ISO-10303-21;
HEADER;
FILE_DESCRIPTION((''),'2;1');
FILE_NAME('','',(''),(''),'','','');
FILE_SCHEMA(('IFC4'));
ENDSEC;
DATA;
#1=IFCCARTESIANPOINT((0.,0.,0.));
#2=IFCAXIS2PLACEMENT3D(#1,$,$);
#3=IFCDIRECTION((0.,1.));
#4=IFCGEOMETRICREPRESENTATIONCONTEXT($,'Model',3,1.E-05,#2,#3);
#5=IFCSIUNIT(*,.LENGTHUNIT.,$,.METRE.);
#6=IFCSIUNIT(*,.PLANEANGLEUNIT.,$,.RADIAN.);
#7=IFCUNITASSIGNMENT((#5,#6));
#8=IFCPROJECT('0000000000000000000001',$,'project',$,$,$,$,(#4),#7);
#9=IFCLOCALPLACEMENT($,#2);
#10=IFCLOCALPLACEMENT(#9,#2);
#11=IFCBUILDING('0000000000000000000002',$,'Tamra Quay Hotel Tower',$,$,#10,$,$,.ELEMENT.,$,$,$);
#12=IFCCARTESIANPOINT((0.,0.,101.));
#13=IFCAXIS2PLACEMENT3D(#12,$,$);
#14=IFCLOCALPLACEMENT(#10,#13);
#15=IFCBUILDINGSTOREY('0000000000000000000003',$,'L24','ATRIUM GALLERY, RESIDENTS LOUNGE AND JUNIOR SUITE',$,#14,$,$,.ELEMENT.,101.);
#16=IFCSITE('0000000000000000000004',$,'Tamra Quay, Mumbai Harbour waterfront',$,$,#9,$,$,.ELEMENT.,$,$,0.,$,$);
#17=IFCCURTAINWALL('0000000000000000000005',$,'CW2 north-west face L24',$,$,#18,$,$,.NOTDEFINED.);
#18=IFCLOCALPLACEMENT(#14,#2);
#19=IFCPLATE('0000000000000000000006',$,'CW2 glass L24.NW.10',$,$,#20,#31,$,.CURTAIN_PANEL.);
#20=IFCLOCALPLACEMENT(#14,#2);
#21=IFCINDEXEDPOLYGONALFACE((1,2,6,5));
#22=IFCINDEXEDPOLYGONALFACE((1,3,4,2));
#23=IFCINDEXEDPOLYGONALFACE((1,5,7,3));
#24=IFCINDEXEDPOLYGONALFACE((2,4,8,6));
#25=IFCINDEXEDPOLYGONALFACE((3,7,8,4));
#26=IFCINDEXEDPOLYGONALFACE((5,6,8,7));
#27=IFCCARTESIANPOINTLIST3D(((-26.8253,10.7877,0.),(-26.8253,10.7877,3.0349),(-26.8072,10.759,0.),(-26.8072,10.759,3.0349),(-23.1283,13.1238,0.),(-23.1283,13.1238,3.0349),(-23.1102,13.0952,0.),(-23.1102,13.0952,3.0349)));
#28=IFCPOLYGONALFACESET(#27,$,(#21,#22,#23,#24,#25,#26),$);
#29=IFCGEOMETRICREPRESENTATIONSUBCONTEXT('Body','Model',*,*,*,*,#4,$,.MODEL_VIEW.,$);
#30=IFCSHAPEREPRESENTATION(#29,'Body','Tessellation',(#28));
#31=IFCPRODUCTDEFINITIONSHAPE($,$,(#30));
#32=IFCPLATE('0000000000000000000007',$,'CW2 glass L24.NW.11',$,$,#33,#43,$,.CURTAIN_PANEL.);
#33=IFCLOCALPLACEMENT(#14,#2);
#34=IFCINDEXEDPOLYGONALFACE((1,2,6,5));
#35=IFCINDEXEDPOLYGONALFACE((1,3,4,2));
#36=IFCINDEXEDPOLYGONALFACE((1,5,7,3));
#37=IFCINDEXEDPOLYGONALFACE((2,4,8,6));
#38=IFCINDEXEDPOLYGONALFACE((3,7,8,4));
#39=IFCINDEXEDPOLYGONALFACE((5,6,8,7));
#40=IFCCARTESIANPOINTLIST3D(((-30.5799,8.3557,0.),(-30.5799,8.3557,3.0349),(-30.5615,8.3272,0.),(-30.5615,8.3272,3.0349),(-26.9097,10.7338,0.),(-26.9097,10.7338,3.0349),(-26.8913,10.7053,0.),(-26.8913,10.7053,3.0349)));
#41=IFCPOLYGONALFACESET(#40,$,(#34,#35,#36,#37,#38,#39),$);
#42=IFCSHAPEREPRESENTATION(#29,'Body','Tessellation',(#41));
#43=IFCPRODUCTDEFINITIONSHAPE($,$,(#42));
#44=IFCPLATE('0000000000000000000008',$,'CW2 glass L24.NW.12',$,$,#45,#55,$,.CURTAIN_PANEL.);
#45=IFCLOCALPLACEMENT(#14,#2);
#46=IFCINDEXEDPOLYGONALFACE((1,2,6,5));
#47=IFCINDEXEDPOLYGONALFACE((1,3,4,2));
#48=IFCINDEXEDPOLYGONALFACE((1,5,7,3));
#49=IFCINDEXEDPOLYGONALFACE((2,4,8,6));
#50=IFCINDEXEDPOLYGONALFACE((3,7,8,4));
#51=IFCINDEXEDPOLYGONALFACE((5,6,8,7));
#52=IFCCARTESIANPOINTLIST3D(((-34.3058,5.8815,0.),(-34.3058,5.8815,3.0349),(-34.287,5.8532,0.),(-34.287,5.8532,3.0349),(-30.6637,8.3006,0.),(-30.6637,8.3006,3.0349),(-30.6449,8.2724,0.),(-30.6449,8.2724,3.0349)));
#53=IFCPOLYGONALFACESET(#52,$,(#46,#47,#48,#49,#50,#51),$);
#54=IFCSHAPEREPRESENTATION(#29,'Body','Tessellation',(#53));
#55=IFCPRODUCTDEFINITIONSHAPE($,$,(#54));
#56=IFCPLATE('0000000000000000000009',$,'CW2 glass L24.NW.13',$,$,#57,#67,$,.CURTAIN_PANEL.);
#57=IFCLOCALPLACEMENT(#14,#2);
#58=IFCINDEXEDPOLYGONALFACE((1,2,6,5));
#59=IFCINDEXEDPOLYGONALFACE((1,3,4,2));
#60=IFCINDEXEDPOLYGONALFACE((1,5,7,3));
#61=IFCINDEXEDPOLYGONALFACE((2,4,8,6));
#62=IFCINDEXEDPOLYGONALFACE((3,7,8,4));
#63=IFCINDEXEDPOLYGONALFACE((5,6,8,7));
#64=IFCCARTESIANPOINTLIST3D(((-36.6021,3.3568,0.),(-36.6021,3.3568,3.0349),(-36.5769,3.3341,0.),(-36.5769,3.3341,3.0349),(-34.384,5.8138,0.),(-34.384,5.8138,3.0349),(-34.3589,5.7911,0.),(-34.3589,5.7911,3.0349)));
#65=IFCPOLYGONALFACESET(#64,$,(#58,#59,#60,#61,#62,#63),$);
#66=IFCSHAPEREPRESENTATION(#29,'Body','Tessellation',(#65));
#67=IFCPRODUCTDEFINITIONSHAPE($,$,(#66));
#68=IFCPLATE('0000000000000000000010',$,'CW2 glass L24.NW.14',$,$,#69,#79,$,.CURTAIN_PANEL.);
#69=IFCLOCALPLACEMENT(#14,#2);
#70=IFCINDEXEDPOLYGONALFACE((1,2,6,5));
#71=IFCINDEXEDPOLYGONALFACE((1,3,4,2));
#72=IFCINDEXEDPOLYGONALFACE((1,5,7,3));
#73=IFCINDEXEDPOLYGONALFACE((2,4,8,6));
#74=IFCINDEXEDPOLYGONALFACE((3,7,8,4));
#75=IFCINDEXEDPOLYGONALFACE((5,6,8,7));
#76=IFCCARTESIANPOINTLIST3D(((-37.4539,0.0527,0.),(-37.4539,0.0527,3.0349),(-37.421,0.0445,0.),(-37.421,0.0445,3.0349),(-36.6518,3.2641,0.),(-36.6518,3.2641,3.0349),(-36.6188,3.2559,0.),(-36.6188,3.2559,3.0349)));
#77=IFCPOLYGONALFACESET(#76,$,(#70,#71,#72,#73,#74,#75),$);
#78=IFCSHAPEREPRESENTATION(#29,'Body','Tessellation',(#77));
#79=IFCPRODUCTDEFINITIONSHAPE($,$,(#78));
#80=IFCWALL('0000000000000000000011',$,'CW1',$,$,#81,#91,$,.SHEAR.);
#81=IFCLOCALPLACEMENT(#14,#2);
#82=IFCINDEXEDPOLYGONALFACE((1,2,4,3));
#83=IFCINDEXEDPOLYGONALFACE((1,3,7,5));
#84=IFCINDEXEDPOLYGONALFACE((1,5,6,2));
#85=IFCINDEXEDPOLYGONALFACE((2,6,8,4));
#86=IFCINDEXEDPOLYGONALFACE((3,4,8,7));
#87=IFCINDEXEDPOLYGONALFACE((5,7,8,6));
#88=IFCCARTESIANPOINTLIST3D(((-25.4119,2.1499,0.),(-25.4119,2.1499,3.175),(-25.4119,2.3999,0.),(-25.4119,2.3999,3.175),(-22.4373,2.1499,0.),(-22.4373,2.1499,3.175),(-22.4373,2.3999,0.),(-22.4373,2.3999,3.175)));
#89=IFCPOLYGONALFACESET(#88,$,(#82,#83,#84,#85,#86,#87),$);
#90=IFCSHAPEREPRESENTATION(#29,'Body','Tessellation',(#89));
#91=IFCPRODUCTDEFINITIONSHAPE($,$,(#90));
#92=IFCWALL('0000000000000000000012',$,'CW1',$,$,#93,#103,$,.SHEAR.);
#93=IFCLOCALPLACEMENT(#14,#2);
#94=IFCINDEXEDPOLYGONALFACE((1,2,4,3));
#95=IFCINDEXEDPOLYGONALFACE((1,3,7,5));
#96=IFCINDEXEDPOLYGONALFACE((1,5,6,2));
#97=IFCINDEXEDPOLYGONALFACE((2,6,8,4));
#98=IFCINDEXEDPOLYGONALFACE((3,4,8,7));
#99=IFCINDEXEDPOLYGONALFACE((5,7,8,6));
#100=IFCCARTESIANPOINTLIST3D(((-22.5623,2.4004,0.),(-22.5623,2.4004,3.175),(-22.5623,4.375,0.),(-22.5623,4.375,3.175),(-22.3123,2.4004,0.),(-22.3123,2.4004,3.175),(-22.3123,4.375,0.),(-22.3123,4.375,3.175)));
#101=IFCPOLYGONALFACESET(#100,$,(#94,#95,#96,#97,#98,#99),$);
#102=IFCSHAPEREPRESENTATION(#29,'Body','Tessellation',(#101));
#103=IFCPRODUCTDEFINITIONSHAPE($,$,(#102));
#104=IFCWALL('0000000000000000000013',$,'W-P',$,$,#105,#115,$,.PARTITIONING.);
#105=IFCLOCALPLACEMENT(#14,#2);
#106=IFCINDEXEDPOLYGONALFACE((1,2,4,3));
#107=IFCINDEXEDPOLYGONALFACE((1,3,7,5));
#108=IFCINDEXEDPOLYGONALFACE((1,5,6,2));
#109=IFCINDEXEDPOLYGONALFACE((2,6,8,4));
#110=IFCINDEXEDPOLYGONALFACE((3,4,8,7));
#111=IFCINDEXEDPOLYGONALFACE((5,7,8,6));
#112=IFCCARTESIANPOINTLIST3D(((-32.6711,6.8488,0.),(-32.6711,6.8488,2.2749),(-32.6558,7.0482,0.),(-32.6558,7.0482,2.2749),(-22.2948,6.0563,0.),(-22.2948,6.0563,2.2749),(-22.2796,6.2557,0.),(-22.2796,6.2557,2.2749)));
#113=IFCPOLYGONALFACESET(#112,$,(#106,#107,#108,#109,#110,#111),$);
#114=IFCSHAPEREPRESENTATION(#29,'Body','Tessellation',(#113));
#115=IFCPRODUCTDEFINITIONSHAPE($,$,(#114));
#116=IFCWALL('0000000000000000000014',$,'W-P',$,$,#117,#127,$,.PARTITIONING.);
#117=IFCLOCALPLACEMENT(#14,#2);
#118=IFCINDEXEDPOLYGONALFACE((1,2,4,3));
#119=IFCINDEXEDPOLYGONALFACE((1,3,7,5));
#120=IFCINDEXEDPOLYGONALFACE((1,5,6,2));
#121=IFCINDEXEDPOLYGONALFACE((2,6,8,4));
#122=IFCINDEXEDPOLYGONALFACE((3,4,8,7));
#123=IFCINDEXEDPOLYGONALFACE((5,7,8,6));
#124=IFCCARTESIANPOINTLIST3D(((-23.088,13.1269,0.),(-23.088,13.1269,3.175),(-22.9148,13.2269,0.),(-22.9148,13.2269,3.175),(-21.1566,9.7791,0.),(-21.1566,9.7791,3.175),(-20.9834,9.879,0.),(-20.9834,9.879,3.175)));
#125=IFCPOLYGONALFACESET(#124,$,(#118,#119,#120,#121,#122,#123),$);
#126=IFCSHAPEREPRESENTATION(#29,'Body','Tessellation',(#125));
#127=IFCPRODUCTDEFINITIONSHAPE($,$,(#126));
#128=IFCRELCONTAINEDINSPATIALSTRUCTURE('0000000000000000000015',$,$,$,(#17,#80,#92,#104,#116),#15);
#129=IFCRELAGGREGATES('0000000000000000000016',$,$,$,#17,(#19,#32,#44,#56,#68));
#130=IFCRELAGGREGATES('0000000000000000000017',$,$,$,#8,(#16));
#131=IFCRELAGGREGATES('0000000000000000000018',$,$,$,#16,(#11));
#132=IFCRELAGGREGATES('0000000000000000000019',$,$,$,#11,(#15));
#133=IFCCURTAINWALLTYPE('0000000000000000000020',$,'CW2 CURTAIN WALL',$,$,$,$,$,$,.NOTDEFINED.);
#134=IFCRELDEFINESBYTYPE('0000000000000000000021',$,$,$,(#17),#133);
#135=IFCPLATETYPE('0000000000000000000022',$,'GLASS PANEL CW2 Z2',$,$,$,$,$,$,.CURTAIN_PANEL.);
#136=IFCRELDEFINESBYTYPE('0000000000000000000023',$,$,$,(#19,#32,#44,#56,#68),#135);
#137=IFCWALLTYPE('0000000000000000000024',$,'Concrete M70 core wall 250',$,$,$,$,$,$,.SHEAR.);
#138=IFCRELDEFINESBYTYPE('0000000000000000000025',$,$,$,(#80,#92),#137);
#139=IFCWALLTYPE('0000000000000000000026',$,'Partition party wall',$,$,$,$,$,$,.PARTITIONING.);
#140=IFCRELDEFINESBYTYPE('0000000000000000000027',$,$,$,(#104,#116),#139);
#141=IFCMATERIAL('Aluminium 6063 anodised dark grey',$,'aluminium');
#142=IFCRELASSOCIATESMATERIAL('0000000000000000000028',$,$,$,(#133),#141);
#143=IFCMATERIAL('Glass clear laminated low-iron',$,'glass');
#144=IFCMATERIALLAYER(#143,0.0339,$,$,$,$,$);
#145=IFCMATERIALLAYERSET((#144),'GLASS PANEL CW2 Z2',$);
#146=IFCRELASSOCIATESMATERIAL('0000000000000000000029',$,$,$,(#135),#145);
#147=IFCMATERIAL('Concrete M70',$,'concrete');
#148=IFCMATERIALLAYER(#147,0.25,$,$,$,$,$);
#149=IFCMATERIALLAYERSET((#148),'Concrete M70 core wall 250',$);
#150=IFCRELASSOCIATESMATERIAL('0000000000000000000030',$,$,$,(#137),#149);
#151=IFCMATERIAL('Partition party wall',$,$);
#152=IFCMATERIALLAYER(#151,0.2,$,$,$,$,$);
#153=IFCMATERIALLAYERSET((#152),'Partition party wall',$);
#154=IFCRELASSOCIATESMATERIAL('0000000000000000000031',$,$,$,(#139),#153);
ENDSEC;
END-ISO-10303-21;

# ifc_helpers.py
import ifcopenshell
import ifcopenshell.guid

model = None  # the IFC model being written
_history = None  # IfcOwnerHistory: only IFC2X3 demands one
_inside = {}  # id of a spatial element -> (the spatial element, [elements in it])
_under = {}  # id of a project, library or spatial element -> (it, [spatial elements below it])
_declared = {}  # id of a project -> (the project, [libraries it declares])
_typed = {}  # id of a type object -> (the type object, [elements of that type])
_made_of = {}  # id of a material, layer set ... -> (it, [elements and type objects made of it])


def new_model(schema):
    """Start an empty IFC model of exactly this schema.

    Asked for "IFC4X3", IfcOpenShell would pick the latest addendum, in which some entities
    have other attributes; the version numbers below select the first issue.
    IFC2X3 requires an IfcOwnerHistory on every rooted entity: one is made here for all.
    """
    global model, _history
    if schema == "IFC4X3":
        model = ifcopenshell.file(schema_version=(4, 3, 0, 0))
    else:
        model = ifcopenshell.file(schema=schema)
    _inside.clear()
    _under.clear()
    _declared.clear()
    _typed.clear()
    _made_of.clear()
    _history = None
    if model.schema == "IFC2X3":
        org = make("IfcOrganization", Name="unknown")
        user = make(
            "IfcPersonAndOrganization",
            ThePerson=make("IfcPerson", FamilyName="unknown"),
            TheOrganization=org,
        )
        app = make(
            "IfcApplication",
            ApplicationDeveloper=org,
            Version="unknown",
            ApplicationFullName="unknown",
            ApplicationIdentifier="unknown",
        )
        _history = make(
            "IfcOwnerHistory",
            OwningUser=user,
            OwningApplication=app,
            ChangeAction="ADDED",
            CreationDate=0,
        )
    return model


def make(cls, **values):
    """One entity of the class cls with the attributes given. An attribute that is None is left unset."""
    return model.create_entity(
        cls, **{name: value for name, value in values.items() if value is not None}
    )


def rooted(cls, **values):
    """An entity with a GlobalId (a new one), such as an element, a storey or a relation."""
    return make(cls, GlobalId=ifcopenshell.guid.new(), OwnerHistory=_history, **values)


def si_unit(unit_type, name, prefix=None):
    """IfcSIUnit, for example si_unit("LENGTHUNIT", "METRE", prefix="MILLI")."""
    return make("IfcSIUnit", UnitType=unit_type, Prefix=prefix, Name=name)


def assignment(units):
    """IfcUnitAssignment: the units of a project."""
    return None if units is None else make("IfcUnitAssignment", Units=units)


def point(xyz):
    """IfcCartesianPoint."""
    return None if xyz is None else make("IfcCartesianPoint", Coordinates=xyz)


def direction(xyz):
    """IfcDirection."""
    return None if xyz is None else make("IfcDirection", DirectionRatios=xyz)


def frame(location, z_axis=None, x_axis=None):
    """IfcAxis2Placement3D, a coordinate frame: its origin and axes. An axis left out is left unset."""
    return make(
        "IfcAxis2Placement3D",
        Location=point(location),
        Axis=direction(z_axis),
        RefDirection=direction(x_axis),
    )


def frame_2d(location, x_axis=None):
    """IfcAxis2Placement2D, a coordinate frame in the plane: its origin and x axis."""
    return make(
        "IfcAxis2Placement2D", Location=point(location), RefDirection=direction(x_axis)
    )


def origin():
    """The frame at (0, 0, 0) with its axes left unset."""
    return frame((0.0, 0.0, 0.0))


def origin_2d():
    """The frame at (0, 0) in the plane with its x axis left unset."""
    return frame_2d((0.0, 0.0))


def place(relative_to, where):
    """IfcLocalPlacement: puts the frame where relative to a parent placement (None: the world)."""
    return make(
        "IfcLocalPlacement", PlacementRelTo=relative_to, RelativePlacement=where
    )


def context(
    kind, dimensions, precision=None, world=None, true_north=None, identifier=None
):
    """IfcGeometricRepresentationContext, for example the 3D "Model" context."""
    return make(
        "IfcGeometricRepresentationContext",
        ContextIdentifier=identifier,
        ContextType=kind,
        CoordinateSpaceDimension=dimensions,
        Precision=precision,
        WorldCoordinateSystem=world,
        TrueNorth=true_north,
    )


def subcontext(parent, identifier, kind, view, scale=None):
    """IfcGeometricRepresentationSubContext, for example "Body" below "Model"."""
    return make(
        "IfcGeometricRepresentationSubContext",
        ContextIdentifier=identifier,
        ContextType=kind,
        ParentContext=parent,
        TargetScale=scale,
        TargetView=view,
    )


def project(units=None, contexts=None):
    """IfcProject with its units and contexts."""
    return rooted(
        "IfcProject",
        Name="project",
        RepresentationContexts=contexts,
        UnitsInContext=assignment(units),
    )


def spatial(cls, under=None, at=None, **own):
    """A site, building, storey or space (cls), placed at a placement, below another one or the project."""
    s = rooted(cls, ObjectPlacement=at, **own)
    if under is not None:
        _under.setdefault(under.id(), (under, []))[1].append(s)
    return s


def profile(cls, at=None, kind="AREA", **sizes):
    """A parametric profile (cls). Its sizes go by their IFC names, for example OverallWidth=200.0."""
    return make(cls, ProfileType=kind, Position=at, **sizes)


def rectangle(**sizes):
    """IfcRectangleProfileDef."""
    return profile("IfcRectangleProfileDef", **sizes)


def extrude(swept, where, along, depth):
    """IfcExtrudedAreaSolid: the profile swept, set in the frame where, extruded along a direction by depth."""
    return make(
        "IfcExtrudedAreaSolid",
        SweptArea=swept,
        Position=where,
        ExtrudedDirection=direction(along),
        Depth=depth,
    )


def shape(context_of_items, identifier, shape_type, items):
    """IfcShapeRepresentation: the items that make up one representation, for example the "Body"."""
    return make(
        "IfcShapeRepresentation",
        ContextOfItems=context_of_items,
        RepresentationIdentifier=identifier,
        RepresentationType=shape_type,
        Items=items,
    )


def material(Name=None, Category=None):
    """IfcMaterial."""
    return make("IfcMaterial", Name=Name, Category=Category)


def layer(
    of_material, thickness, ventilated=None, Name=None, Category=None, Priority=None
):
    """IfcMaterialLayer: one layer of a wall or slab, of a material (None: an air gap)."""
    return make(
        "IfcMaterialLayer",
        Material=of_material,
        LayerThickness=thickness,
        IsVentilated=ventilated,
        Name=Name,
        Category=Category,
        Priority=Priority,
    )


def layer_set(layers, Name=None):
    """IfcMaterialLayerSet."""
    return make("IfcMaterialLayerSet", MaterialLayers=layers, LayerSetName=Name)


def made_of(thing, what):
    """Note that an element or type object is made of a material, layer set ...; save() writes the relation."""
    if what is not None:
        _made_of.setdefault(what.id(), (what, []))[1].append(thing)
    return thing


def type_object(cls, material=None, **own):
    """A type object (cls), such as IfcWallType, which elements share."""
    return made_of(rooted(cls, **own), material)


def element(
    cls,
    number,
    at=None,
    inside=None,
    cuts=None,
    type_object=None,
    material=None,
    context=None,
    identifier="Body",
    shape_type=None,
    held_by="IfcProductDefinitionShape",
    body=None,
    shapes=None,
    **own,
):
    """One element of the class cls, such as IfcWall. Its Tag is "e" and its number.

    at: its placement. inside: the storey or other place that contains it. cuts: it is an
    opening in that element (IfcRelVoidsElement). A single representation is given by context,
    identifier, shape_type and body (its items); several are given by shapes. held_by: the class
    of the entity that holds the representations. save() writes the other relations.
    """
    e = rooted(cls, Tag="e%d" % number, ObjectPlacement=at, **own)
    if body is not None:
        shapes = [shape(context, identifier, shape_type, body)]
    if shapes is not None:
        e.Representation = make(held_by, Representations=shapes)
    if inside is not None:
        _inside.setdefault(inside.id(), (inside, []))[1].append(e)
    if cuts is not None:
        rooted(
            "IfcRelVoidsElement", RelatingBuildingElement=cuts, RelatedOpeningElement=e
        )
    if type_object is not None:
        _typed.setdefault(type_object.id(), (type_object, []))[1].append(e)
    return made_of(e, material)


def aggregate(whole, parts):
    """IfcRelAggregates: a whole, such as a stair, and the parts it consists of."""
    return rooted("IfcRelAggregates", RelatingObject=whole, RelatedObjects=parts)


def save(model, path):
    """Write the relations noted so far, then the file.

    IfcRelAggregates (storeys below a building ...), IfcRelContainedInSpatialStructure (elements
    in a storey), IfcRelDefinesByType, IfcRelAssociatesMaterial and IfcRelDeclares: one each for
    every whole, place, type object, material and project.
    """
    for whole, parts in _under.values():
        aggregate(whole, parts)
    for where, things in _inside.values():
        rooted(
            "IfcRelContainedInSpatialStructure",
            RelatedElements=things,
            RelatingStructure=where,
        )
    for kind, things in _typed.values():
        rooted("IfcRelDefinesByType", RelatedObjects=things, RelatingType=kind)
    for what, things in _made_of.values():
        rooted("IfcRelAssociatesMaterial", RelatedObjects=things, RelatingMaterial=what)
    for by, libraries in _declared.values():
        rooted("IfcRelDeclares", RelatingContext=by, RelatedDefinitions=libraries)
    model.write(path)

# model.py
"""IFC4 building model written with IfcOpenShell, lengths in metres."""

from ifc_helpers import new_model, si_unit, direction, frame, frame_2d, origin, origin_2d, place, context, subcontext, project, spatial, rectangle, extrude, material, layer, layer_set, type_object, element, aggregate, save


model = new_model("IFC4")

# Units and contexts
model_context = context("Model", 3, precision=1e-05, world=origin(), true_north=direction((0.0, 1.0)))
body_context = subcontext(model_context, "Body", "Model", "MODEL_VIEW")
ifc_project = project(units=[si_unit("LENGTHUNIT", "METRE"), si_unit("PLANEANGLEUNIT", "RADIAN")], contexts=[model_context])

# Site, building, storey
site_placement = place(None, origin())
site = spatial("IfcSite", under=ifc_project, at=site_placement, Name="Tamra Quay, Mumbai Harbour waterfront", CompositionType="ELEMENT", RefElevation=0.0)
building_placement = place(site_placement, origin())
building = spatial("IfcBuilding", under=site, at=building_placement, Name="Tamra Quay Hotel Tower", CompositionType="ELEMENT")
storey_placement = place(building_placement, frame((0.0, 0.0, 101.0)))
storey = spatial("IfcBuildingStorey", under=building, at=storey_placement, Name="L24", Description="ATRIUM GALLERY, RESIDENTS LOUNGE AND JUNIOR SUITE", CompositionType="ELEMENT", Elevation=101.0)

# Shared definitions
ifc_material_1 = material(Name="Concrete M70", Category="concrete")

# Curtain wall
ifc_material_2 = material(Name="Aluminium 6063 anodised dark grey", Category="aluminium")
curtain_wall_type = type_object("IfcCurtainWallType", Name="CW2 CURTAIN WALL", PredefinedType="NOTDEFINED", material=ifc_material_2)
curtain_wall_placement = place(storey_placement, origin())
curtain_wall = element("IfcCurtainWall", 1, at=curtain_wall_placement, inside=storey, type_object=curtain_wall_type, Name="CW2 north-west face L24", PredefinedType="NOTDEFINED")

# Plates
ifc_material_3 = material(Name="Glass clear laminated low-iron", Category="glass")
ifc_layer_1 = layer(ifc_material_3, 0.0339)
ifc_layer_set_1 = layer_set([ifc_layer_1], Name="GLASS PANEL CW2 Z2")
plate_type = type_object("IfcPlateType", Name="GLASS PANEL CW2 Z2", PredefinedType="CURTAIN_PANEL", material=ifc_layer_set_1)
plate_1_placement = place(storey_placement, frame((-24.9678, 11.9414, 0.0), z_axis=(0.0, 0.0, 1.0), x_axis=(-0.845362, -0.534193, 0.0)))
plate_1 = element("IfcPlate", 2, at=plate_1_placement, type_object=plate_type, Name="CW2 glass L24.NW.10", PredefinedType="CURTAIN_PANEL", context=body_context, shape_type="SweptSolid", body=[
    extrude(rectangle(XDim=4.3733, YDim=0.0339, at=origin_2d()), origin(), (0.0, 0.0, 1.0), 3.0349),
])
plate_2_placement = place(storey_placement, frame((-28.7356, 9.5305, 0.0), z_axis=(0.0, 0.0, 1.0), x_axis=(-0.839224, -0.543786, 0.0)))
plate_2 = element("IfcPlate", 3, at=plate_2_placement, type_object=plate_type, Name="CW2 glass L24.NW.11", PredefinedType="CURTAIN_PANEL", context=body_context, shape_type="SweptSolid", body=[
    extrude(rectangle(XDim=4.3733, YDim=0.0339, at=origin_2d()), origin(), (0.0, 0.0, 1.0), 3.0349),
])
plate_3_placement = place(storey_placement, frame((-32.4753, 7.0769, 0.0), z_axis=(0.0, 0.0, 1.0), x_axis=(-0.832988, -0.553291, 0.0)))
plate_3 = element("IfcPlate", 4, at=plate_3_placement, type_object=plate_type, Name="CW2 glass L24.NW.12", PredefinedType="CURTAIN_PANEL", context=body_context, shape_type="SweptSolid", body=[
    extrude(rectangle(XDim=4.3723, YDim=0.0339, at=origin_2d()), origin(), (0.0, 0.0, 1.0), 3.0349),
])
plate_4_placement = place(storey_placement, frame((-35.4805, 4.574, 0.0), z_axis=(0.0, 0.0, 1.0), x_axis=(-0.670088, -0.742282, 0.0)))
plate_4 = element("IfcPlate", 5, at=plate_4_placement, type_object=plate_type, Name="CW2 glass L24.NW.13", PredefinedType="CURTAIN_PANEL", context=body_context, shape_type="SweptSolid", body=[
    extrude(rectangle(XDim=3.3101, YDim=0.0339, at=origin_2d()), origin(), (0.0, 0.0, 1.0), 3.0349),
])
plate_5_placement = place(storey_placement, frame((-37.0364, 1.6543, 0.0), z_axis=(0.0, 0.0, 1.0), x_axis=(-0.242339, -0.970192, 0.0)))
plate_5 = element("IfcPlate", 6, at=plate_5_placement, type_object=plate_type, Name="CW2 glass L24.NW.14", PredefinedType="CURTAIN_PANEL", context=body_context, shape_type="SweptSolid", body=[
    extrude(rectangle(XDim=3.3101, YDim=0.0339, at=origin_2d()), origin(), (0.0, 0.0, 1.0), 3.0349),
])
aggregate(curtain_wall, [plate_1, plate_2, plate_3, plate_4, plate_5])

# Walls
ifc_layer_2 = layer(ifc_material_1, 0.25)
ifc_layer_set_2 = layer_set([ifc_layer_2], Name="Concrete M70 core wall 250")
wall_type_1 = type_object("IfcWallType", Name="Concrete M70 core wall 250", PredefinedType="SHEAR", material=ifc_layer_set_2)
wall_1_placement = place(storey_placement, frame((-25.4119, 2.2749, 0.0), z_axis=(0.0, 0.0, 1.0), x_axis=(1.0, 0.0, 0.0)))
element("IfcWall", 7, at=wall_1_placement, inside=storey, type_object=wall_type_1, Name="CW1", PredefinedType="SHEAR", context=body_context, shape_type="SweptSolid", body=[
    extrude(rectangle(XDim=2.9746, YDim=0.25, at=frame_2d((1.4873, 0.0))), origin(), (0.0, 0.0, 1.0), 3.175),
])
wall_2_placement = place(storey_placement, frame((-22.4373, 2.4004, 0.0), z_axis=(0.0, 0.0, 1.0), x_axis=(0.0, 1.0, 0.0)))
element("IfcWall", 8, at=wall_2_placement, inside=storey, type_object=wall_type_1, Name="CW1", PredefinedType="SHEAR", context=body_context, shape_type="SweptSolid", body=[
    extrude(rectangle(XDim=1.9746, YDim=0.25, at=frame_2d((0.9873, 0.0))), origin(), (0.0, 0.0, 1.0), 3.175),
])
ifc_material_4 = material(Name="Partition party wall")
ifc_layer_3 = layer(ifc_material_4, 0.2)
ifc_layer_set_3 = layer_set([ifc_layer_3], Name="Partition party wall")
wall_type_2 = type_object("IfcWallType", Name="Partition party wall", PredefinedType="PARTITIONING", material=ifc_layer_set_3)
wall_3_placement = place(storey_placement, frame((-32.6633, 6.9485, 0.0), z_axis=(0.0, 0.0, 1.0), x_axis=(0.997096, -0.076153, 0.0)))
element("IfcWall", 9, at=wall_3_placement, inside=storey, type_object=wall_type_2, Name="W-P", PredefinedType="PARTITIONING", context=body_context, shape_type="SweptSolid", body=[
    extrude(rectangle(XDim=10.4065, YDim=0.2, at=frame_2d((5.2031, 0.0))), origin(), (0.0, 0.0, 1.0), 2.2749),
])
wall_4_placement = place(storey_placement, frame((-23.0015, 13.177, 0.0), z_axis=(0.0, 0.0, 1.0), x_axis=(0.499706, -0.866195, 0.0)))
element("IfcWall", 10, at=wall_4_placement, inside=storey, type_object=wall_type_2, Name="W-P", PredefinedType="PARTITIONING", context=body_context, shape_type="SweptSolid", body=[
    extrude(rectangle(XDim=3.865, YDim=0.2, at=frame_2d((1.9326, 0.0))), origin(), (0.0, 0.0, 1.0), 3.175),
])

save(model, "model.ifc")
